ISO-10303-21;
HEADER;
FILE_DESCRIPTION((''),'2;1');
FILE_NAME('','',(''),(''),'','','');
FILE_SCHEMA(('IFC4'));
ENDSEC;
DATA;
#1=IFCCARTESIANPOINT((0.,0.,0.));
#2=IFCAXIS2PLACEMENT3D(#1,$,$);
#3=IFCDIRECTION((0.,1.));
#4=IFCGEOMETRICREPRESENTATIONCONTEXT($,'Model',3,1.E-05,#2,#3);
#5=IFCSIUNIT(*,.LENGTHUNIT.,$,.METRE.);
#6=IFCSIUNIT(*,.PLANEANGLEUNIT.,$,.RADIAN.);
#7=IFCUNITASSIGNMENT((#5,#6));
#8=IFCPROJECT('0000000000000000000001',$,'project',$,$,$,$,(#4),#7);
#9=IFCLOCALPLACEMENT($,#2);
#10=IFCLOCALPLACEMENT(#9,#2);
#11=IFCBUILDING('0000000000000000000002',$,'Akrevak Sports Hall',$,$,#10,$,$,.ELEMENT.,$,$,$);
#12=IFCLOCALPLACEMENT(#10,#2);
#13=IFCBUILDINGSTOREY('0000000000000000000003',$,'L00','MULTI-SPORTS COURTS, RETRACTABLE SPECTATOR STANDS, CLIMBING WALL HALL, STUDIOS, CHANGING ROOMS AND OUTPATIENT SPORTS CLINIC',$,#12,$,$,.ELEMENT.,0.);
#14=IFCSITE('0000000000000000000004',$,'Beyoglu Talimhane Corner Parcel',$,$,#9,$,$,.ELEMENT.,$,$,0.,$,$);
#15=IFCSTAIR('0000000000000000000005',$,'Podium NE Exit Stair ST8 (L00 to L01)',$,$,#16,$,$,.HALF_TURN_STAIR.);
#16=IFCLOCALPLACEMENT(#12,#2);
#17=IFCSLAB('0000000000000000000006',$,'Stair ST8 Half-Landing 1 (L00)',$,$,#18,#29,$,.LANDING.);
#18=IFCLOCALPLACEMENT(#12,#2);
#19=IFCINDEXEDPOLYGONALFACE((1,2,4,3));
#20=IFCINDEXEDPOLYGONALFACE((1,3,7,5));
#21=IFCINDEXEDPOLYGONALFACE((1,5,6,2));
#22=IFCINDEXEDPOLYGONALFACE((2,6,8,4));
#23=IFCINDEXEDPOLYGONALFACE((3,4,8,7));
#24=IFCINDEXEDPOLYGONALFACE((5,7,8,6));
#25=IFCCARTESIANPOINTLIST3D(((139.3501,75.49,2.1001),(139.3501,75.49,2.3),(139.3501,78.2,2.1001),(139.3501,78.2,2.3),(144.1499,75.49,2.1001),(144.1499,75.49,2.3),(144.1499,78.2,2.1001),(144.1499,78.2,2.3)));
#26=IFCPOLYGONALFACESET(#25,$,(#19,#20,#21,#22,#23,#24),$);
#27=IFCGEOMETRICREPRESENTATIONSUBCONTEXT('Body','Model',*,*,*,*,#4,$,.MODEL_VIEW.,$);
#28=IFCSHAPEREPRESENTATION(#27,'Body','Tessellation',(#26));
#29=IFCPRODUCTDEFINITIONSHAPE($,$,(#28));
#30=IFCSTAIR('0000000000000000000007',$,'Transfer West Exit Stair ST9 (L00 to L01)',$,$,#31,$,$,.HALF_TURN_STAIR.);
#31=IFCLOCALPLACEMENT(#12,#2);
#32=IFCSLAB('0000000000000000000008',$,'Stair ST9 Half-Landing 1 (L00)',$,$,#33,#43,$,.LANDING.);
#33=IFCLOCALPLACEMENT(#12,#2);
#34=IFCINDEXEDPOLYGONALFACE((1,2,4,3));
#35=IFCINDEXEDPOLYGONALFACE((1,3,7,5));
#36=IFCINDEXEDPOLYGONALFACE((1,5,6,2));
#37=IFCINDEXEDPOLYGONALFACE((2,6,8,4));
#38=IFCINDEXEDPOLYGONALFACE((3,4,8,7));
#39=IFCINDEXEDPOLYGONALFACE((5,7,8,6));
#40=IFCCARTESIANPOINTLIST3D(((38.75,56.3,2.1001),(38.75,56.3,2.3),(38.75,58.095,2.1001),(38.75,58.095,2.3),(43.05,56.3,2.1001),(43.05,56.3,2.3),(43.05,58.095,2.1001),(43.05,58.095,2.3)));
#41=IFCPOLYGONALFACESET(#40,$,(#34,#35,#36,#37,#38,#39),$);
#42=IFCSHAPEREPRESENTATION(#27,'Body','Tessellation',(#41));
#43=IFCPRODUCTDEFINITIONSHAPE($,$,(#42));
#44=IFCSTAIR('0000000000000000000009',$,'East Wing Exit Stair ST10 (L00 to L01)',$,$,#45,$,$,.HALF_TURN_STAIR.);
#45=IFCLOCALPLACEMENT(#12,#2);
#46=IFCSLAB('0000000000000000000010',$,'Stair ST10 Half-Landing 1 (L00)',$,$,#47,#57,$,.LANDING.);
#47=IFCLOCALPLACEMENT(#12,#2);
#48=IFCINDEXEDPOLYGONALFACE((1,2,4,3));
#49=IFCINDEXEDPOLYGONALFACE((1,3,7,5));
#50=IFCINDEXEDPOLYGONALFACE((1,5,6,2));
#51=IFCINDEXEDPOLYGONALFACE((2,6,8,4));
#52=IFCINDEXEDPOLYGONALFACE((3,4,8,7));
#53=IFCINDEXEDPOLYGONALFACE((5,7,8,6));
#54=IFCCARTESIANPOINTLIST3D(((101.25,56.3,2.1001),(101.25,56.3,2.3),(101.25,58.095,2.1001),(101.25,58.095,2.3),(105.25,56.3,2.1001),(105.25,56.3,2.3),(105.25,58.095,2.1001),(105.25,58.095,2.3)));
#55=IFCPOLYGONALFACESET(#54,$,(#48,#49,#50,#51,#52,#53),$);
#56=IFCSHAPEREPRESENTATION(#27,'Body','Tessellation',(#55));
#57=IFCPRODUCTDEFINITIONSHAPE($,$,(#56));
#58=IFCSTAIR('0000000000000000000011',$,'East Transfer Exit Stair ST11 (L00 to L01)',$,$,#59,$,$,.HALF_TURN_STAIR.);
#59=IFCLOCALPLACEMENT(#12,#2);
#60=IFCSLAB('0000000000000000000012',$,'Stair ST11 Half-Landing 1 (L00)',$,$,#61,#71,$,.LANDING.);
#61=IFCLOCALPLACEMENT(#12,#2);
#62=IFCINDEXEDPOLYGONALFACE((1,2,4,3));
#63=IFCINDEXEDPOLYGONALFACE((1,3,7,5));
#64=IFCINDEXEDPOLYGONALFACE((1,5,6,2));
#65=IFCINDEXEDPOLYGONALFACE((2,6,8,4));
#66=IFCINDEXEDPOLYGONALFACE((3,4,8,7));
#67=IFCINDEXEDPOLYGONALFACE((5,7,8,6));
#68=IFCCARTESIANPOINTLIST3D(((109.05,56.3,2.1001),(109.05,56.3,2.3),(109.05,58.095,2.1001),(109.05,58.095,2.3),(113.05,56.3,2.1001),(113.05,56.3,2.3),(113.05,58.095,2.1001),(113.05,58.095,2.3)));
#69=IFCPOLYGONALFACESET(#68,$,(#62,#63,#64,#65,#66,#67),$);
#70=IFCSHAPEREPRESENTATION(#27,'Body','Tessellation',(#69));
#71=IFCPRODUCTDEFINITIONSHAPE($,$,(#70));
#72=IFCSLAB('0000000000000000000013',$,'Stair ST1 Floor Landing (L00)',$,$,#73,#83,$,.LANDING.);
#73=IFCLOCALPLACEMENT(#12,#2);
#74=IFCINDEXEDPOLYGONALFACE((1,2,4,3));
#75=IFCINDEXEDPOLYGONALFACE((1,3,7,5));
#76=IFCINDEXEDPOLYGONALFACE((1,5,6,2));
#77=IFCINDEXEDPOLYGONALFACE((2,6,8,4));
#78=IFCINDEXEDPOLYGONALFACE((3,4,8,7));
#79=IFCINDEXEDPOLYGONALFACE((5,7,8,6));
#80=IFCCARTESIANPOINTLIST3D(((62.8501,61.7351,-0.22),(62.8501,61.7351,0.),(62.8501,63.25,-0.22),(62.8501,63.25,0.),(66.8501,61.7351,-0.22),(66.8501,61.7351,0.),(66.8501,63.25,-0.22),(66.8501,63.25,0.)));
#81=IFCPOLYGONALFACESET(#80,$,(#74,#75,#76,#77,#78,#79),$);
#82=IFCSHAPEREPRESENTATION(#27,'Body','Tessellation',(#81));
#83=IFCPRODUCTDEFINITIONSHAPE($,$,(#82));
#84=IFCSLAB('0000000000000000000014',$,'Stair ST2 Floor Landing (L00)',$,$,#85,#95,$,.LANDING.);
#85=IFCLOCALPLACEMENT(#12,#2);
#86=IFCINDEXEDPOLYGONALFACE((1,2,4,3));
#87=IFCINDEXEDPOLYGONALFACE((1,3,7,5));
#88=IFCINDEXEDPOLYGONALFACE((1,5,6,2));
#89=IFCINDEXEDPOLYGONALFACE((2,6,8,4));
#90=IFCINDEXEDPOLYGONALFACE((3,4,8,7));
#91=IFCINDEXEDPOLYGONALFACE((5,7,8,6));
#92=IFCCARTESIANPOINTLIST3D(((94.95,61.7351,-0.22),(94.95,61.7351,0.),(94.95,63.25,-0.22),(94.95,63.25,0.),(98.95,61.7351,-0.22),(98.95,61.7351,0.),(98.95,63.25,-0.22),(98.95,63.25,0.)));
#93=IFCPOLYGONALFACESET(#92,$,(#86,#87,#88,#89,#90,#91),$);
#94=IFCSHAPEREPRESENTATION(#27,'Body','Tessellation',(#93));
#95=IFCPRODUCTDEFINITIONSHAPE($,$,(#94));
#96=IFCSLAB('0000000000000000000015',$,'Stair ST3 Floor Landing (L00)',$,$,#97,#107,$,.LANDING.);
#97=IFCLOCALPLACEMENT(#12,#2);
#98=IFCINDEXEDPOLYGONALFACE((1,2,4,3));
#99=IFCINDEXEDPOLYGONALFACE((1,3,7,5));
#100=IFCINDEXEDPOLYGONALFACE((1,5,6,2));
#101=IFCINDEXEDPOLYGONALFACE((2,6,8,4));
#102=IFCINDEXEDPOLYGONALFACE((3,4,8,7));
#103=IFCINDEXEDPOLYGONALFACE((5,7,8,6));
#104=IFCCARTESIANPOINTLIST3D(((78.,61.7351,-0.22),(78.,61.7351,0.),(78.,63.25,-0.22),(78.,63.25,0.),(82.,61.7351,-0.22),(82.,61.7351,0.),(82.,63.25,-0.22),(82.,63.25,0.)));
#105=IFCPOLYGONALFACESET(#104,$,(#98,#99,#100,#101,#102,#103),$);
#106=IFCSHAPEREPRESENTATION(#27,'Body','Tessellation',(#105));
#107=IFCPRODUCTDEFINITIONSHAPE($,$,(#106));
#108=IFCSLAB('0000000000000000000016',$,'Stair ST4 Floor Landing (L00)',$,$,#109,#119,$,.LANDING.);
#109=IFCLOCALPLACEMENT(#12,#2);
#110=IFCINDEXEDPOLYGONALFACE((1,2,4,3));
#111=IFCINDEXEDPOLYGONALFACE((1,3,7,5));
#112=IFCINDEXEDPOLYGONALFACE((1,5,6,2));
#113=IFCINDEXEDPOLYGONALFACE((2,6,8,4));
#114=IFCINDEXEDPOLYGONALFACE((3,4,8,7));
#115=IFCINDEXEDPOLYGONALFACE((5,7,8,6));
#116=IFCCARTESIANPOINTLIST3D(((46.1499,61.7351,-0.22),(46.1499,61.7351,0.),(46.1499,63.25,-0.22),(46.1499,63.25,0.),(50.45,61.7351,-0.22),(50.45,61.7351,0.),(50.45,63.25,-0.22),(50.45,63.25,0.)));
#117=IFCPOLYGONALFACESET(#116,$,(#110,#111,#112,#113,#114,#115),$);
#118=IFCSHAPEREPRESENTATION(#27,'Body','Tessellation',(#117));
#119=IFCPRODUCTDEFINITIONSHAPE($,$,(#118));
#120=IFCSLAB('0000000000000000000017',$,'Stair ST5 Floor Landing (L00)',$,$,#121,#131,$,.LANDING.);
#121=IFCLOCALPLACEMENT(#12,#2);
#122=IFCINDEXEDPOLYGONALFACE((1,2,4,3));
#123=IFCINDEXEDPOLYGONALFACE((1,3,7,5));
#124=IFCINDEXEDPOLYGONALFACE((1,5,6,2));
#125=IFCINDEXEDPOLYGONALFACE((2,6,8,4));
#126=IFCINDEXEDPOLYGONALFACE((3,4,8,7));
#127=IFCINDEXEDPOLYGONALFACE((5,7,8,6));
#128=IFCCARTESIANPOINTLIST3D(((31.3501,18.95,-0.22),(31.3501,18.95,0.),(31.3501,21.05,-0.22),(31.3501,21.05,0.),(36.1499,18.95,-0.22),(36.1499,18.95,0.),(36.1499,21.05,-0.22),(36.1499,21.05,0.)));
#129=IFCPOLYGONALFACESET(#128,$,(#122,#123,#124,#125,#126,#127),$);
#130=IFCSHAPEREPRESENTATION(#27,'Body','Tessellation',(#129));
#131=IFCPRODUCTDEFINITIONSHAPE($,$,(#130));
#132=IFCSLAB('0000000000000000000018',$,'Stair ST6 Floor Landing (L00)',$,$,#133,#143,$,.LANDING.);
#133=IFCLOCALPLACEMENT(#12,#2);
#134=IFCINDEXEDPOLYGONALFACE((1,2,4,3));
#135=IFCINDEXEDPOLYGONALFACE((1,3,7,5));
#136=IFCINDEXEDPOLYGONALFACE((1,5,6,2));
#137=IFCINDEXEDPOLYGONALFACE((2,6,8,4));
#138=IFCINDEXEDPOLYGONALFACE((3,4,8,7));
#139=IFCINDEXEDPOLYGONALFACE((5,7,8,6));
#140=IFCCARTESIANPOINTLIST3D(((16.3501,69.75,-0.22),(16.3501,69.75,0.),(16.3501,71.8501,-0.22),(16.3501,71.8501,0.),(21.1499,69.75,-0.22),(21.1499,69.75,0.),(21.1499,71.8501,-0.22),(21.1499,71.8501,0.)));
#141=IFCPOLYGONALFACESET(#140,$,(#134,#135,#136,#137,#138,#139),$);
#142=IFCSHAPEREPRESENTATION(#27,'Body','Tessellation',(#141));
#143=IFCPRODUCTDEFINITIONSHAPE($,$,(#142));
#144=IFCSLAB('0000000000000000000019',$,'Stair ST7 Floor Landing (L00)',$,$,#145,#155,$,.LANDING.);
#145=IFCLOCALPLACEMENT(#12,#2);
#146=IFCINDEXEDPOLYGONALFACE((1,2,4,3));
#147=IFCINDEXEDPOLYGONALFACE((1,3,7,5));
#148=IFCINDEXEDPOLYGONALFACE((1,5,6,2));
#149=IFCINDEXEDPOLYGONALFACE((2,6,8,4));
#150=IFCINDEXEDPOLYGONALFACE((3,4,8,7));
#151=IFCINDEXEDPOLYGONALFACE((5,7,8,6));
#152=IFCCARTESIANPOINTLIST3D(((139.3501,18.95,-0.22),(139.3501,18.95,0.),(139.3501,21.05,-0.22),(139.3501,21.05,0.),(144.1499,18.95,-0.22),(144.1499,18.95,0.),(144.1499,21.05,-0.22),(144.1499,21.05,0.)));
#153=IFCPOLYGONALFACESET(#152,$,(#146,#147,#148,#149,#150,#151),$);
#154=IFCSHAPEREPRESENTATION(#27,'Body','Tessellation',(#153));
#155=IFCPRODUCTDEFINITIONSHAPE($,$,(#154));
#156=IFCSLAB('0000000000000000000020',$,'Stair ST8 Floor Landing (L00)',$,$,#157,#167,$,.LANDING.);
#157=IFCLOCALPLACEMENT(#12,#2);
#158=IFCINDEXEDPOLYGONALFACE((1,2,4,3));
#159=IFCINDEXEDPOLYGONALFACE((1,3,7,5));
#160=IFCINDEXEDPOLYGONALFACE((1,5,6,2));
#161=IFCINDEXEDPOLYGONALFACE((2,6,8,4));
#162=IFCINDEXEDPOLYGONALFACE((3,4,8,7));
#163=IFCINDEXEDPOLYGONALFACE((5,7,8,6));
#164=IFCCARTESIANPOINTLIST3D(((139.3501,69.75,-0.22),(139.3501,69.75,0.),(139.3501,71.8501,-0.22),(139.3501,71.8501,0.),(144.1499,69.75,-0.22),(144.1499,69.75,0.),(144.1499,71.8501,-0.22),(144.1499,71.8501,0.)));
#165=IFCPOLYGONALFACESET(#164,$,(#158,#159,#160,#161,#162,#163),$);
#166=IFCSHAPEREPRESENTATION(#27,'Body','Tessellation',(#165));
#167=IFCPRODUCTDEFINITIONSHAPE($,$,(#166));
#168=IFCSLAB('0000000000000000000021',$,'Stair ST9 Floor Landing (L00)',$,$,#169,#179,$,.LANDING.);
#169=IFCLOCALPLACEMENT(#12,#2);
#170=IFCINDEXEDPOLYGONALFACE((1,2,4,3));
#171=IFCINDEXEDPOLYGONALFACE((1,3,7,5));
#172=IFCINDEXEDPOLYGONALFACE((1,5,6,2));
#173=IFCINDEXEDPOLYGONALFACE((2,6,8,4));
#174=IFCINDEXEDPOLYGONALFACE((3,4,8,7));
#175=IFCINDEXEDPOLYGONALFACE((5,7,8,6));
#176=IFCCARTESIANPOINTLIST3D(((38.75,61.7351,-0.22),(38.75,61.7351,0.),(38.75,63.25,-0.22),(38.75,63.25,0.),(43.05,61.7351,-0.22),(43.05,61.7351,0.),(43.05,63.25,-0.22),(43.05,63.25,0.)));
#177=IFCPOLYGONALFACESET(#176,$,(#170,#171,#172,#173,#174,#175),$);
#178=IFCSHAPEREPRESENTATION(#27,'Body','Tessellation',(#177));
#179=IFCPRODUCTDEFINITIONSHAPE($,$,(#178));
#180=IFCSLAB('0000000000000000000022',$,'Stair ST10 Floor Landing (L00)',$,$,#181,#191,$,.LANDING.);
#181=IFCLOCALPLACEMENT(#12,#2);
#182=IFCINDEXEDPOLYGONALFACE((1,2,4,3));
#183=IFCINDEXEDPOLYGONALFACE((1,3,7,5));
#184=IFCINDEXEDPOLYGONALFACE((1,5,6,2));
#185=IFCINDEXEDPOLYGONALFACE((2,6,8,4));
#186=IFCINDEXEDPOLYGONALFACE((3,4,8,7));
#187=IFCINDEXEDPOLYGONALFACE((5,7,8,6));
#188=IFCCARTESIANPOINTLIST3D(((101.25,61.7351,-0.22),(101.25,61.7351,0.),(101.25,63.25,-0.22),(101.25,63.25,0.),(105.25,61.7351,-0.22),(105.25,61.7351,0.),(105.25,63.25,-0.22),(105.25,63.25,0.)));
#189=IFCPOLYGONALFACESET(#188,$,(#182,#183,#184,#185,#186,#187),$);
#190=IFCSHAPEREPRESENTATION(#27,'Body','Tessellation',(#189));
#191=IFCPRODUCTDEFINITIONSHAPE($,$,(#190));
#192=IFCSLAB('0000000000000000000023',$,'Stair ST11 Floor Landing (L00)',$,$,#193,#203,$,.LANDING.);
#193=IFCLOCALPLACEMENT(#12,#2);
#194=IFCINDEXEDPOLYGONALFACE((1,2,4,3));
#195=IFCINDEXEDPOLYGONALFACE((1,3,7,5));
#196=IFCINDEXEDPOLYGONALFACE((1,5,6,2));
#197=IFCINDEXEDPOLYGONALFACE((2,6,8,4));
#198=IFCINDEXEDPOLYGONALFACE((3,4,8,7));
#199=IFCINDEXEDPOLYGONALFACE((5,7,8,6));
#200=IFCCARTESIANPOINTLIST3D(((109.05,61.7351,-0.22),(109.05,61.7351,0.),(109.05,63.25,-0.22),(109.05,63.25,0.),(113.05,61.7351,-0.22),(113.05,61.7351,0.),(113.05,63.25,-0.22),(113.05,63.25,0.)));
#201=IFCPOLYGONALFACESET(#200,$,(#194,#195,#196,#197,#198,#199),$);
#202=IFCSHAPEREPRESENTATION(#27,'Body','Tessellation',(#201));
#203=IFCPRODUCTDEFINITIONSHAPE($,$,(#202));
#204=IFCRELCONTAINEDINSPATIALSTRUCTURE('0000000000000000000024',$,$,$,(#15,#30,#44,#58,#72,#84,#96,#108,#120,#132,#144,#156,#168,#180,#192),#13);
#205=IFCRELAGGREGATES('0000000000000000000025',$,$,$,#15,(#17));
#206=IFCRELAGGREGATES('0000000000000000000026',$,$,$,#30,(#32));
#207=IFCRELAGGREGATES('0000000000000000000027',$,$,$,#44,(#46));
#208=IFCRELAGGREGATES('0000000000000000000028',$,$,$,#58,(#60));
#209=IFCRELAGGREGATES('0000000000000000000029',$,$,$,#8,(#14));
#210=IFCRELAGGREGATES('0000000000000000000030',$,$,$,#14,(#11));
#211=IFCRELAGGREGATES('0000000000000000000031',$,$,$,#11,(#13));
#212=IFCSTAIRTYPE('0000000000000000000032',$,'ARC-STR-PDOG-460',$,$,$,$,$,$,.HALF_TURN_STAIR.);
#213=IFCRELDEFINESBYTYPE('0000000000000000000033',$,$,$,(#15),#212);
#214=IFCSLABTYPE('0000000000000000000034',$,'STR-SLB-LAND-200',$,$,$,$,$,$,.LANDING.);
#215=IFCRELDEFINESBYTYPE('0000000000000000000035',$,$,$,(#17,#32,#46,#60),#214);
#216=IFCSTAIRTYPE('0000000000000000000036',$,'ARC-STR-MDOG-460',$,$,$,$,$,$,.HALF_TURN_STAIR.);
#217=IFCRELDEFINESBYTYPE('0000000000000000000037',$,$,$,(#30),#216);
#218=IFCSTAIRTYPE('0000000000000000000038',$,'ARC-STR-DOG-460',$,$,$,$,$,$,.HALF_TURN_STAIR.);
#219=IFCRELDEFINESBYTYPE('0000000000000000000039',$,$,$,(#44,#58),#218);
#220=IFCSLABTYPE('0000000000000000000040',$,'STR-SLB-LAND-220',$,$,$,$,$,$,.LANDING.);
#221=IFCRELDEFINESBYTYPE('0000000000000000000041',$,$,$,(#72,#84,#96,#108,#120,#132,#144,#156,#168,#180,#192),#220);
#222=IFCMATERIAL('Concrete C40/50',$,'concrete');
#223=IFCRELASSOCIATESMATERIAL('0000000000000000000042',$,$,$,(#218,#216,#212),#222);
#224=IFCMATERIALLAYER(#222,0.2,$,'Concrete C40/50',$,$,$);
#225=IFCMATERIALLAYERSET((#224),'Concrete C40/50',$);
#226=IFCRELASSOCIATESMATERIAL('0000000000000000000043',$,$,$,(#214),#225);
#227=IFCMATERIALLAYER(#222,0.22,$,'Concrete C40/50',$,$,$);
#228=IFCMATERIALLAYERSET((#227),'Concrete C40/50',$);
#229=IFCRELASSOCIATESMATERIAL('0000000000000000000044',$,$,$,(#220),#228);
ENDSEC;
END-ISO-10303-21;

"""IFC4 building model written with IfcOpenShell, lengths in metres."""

from ifc_helpers import new_model, si_unit, direction, frame, origin, place, context, subcontext, project, spatial, polyline, outline, extrude, material, layer, layer_set, type_object, element, aggregate, save


model = new_model("IFC4")

# Units and contexts
model_context = context("Model", 3, precision=1e-05, world=origin(), true_north=direction((0.0, 1.0)))
body_context = subcontext(model_context, "Body", "Model", "MODEL_VIEW")
ifc_project = project(units=[si_unit("LENGTHUNIT", "METRE"), si_unit("PLANEANGLEUNIT", "RADIAN")], contexts=[model_context])

# Site, building, storey
site_placement = place(None, origin())
site = spatial("IfcSite", under=ifc_project, at=site_placement, Name="Beyoglu Talimhane Corner Parcel", CompositionType="ELEMENT", RefElevation=0.0)
building_placement = place(site_placement, origin())
building = spatial("IfcBuilding", under=site, at=building_placement, Name="Akrevak Sports Hall", CompositionType="ELEMENT")
storey_placement = place(building_placement, origin())
storey = spatial("IfcBuildingStorey", under=building, at=storey_placement, Name="L00", Description="MULTI-SPORTS COURTS, RETRACTABLE SPECTATOR STANDS, CLIMBING WALL HALL, STUDIOS, CHANGING ROOMS AND OUTPATIENT SPORTS CLINIC", CompositionType="ELEMENT", Elevation=0.0)

# Shared definitions
ifc_material_1 = material(Name="Concrete C40/50", Category="concrete")

# Stairs, slabs
stair_type_1 = type_object("IfcStairType", Name="ARC-STR-DOG-460", PredefinedType="HALF_TURN_STAIR", material=ifc_material_1)
ifc_layer_1 = layer(ifc_material_1, 0.2, Name="Concrete C40/50")
ifc_layer_set_1 = layer_set([ifc_layer_1], Name="Concrete C40/50")
slab_type_1 = type_object("IfcSlabType", Name="STR-SLB-LAND-200", PredefinedType="LANDING", material=ifc_layer_set_1)
stair_type_2 = type_object("IfcStairType", Name="ARC-STR-MDOG-460", PredefinedType="HALF_TURN_STAIR", material=ifc_material_1)
stair_type_3 = type_object("IfcStairType", Name="ARC-STR-PDOG-460", PredefinedType="HALF_TURN_STAIR", material=ifc_material_1)
stair_1_placement = place(storey_placement, origin())
stair_1 = element("IfcStair", 1, at=stair_1_placement, inside=storey, type_object=stair_type_3, Name="Podium NE Exit Stair ST8 (L00 to L01)", PredefinedType="HALF_TURN_STAIR")
slab_1_placement = place(storey_placement, frame((0.0, 0.0, 2.1001)))
slab_1 = element("IfcSlab", 2, at=slab_1_placement, type_object=slab_type_1, Name="Stair ST8 Half-Landing 1 (L00)", PredefinedType="LANDING", context=body_context, shape_type="SweptSolid", body=[
    extrude(outline(polyline([(139.3501, 75.49), (144.1499, 75.49), (144.1499, 78.2), (139.3501, 78.2), (139.3501, 75.49)])), origin(), (0.0, 0.0, 1.0), 0.2),
])
aggregate(stair_1, [slab_1])
stair_2_placement = place(storey_placement, origin())
stair_2 = element("IfcStair", 3, at=stair_2_placement, inside=storey, type_object=stair_type_2, Name="Transfer West Exit Stair ST9 (L00 to L01)", PredefinedType="HALF_TURN_STAIR")
slab_2_placement = place(storey_placement, frame((0.0, 0.0, 2.1001)))
slab_2 = element("IfcSlab", 4, at=slab_2_placement, type_object=slab_type_1, Name="Stair ST9 Half-Landing 1 (L00)", PredefinedType="LANDING", context=body_context, shape_type="SweptSolid", body=[
    extrude(outline(polyline([(38.75, 56.3), (43.05, 56.3), (43.05, 58.095), (38.75, 58.095), (38.75, 56.3)])), origin(), (0.0, 0.0, 1.0), 0.2),
])
aggregate(stair_2, [slab_2])
stair_3_placement = place(storey_placement, origin())
stair_3 = element("IfcStair", 5, at=stair_3_placement, inside=storey, type_object=stair_type_1, Name="East Wing Exit Stair ST10 (L00 to L01)", PredefinedType="HALF_TURN_STAIR")
slab_3_placement = place(storey_placement, frame((0.0, 0.0, 2.1001)))
slab_3 = element("IfcSlab", 6, at=slab_3_placement, type_object=slab_type_1, Name="Stair ST10 Half-Landing 1 (L00)", PredefinedType="LANDING", context=body_context, shape_type="SweptSolid", body=[
    extrude(outline(polyline([(101.25, 56.3), (105.25, 56.3), (105.25, 58.095), (101.25, 58.095), (101.25, 56.3)])), origin(), (0.0, 0.0, 1.0), 0.2),
])
aggregate(stair_3, [slab_3])
stair_4_placement = place(storey_placement, origin())
stair_4 = element("IfcStair", 7, at=stair_4_placement, inside=storey, type_object=stair_type_1, Name="East Transfer Exit Stair ST11 (L00 to L01)", PredefinedType="HALF_TURN_STAIR")
slab_4_placement = place(storey_placement, frame((0.0, 0.0, 2.1001)))
slab_4 = element("IfcSlab", 8, at=slab_4_placement, type_object=slab_type_1, Name="Stair ST11 Half-Landing 1 (L00)", PredefinedType="LANDING", context=body_context, shape_type="SweptSolid", body=[
    extrude(outline(polyline([(109.05, 56.3), (113.05, 56.3), (113.05, 58.095), (109.05, 58.095), (109.05, 56.3)])), origin(), (0.0, 0.0, 1.0), 0.2),
])
aggregate(stair_4, [slab_4])

# Slabs
ifc_layer_2 = layer(ifc_material_1, 0.22, Name="Concrete C40/50")
ifc_layer_set_2 = layer_set([ifc_layer_2], Name="Concrete C40/50")
slab_type_2 = type_object("IfcSlabType", Name="STR-SLB-LAND-220", PredefinedType="LANDING", material=ifc_layer_set_2)
slab_5_placement = place(storey_placement, frame((0.0, 0.0, -0.22)))
element("IfcSlab", 9, at=slab_5_placement, inside=storey, type_object=slab_type_2, Name="Stair ST1 Floor Landing (L00)", PredefinedType="LANDING", context=body_context, shape_type="SweptSolid", body=[
    extrude(outline(polyline([(62.8501, 61.7351), (66.8501, 61.7351), (66.8501, 63.25), (62.8501, 63.25), (62.8501, 61.7351)])), origin(), (0.0, 0.0, 1.0), 0.22),
])
slab_6_placement = place(storey_placement, frame((0.0, 0.0, -0.22)))
element("IfcSlab", 10, at=slab_6_placement, inside=storey, type_object=slab_type_2, Name="Stair ST2 Floor Landing (L00)", PredefinedType="LANDING", context=body_context, shape_type="SweptSolid", body=[
    extrude(outline(polyline([(94.95, 61.7351), (98.95, 61.7351), (98.95, 63.25), (94.95, 63.25), (94.95, 61.7351)])), origin(), (0.0, 0.0, 1.0), 0.22),
])
slab_7_placement = place(storey_placement, frame((0.0, 0.0, -0.22)))
element("IfcSlab", 11, at=slab_7_placement, inside=storey, type_object=slab_type_2, Name="Stair ST3 Floor Landing (L00)", PredefinedType="LANDING", context=body_context, shape_type="SweptSolid", body=[
    extrude(outline(polyline([(78.0, 61.7351), (82.0, 61.7351), (82.0, 63.25), (78.0, 63.25), (78.0, 61.7351)])), origin(), (0.0, 0.0, 1.0), 0.22),
])
slab_8_placement = place(storey_placement, frame((0.0, 0.0, -0.22)))
element("IfcSlab", 12, at=slab_8_placement, inside=storey, type_object=slab_type_2, Name="Stair ST4 Floor Landing (L00)", PredefinedType="LANDING", context=body_context, shape_type="SweptSolid", body=[
    extrude(outline(polyline([(46.1499, 61.7351), (50.45, 61.7351), (50.45, 63.25), (46.1499, 63.25), (46.1499, 61.7351)])), origin(), (0.0, 0.0, 1.0), 0.22),
])
slab_9_placement = place(storey_placement, frame((0.0, 0.0, -0.22)))
element("IfcSlab", 13, at=slab_9_placement, inside=storey, type_object=slab_type_2, Name="Stair ST5 Floor Landing (L00)", PredefinedType="LANDING", context=body_context, shape_type="SweptSolid", body=[
    extrude(outline(polyline([(31.3501, 18.95), (36.1499, 18.95), (36.1499, 21.05), (31.3501, 21.05), (31.3501, 18.95)])), origin(), (0.0, 0.0, 1.0), 0.22),
])
slab_10_placement = place(storey_placement, frame((0.0, 0.0, -0.22)))
element("IfcSlab", 14, at=slab_10_placement, inside=storey, type_object=slab_type_2, Name="Stair ST6 Floor Landing (L00)", PredefinedType="LANDING", context=body_context, shape_type="SweptSolid", body=[
    extrude(outline(polyline([(16.3501, 69.75), (21.1499, 69.75), (21.1499, 71.8501), (16.3501, 71.8501), (16.3501, 69.75)])), origin(), (0.0, 0.0, 1.0), 0.22),
])
slab_11_placement = place(storey_placement, frame((0.0, 0.0, -0.22)))
element("IfcSlab", 15, at=slab_11_placement, inside=storey, type_object=slab_type_2, Name="Stair ST7 Floor Landing (L00)", PredefinedType="LANDING", context=body_context, shape_type="SweptSolid", body=[
    extrude(outline(polyline([(139.3501, 18.95), (144.1499, 18.95), (144.1499, 21.05), (139.3501, 21.05), (139.3501, 18.95)])), origin(), (0.0, 0.0, 1.0), 0.22),
])
slab_12_placement = place(storey_placement, frame((0.0, 0.0, -0.22)))
element("IfcSlab", 16, at=slab_12_placement, inside=storey, type_object=slab_type_2, Name="Stair ST8 Floor Landing (L00)", PredefinedType="LANDING", context=body_context, shape_type="SweptSolid", body=[
    extrude(outline(polyline([(139.3501, 69.75), (144.1499, 69.75), (144.1499, 71.8501), (139.3501, 71.8501), (139.3501, 69.75)])), origin(), (0.0, 0.0, 1.0), 0.22),
])
slab_13_placement = place(storey_placement, frame((0.0, 0.0, -0.22)))
element("IfcSlab", 17, at=slab_13_placement, inside=storey, type_object=slab_type_2, Name="Stair ST9 Floor Landing (L00)", PredefinedType="LANDING", context=body_context, shape_type="SweptSolid", body=[
    extrude(outline(polyline([(38.75, 61.7351), (43.05, 61.7351), (43.05, 63.25), (38.75, 63.25), (38.75, 61.7351)])), origin(), (0.0, 0.0, 1.0), 0.22),
])
slab_14_placement = place(storey_placement, frame((0.0, 0.0, -0.22)))
element("IfcSlab", 18, at=slab_14_placement, inside=storey, type_object=slab_type_2, Name="Stair ST10 Floor Landing (L00)", PredefinedType="LANDING", context=body_context, shape_type="SweptSolid", body=[
    extrude(outline(polyline([(101.25, 61.7351), (105.25, 61.7351), (105.25, 63.25), (101.25, 63.25), (101.25, 61.7351)])), origin(), (0.0, 0.0, 1.0), 0.22),
])
slab_15_placement = place(storey_placement, frame((0.0, 0.0, -0.22)))
element("IfcSlab", 19, at=slab_15_placement, inside=storey, type_object=slab_type_2, Name="Stair ST11 Floor Landing (L00)", PredefinedType="LANDING", context=body_context, shape_type="SweptSolid", body=[
    extrude(outline(polyline([(109.05, 61.7351), (113.05, 61.7351), (113.05, 63.25), (109.05, 63.25), (109.05, 61.7351)])), origin(), (0.0, 0.0, 1.0), 0.22),
])

save(model, "model.ifc")
